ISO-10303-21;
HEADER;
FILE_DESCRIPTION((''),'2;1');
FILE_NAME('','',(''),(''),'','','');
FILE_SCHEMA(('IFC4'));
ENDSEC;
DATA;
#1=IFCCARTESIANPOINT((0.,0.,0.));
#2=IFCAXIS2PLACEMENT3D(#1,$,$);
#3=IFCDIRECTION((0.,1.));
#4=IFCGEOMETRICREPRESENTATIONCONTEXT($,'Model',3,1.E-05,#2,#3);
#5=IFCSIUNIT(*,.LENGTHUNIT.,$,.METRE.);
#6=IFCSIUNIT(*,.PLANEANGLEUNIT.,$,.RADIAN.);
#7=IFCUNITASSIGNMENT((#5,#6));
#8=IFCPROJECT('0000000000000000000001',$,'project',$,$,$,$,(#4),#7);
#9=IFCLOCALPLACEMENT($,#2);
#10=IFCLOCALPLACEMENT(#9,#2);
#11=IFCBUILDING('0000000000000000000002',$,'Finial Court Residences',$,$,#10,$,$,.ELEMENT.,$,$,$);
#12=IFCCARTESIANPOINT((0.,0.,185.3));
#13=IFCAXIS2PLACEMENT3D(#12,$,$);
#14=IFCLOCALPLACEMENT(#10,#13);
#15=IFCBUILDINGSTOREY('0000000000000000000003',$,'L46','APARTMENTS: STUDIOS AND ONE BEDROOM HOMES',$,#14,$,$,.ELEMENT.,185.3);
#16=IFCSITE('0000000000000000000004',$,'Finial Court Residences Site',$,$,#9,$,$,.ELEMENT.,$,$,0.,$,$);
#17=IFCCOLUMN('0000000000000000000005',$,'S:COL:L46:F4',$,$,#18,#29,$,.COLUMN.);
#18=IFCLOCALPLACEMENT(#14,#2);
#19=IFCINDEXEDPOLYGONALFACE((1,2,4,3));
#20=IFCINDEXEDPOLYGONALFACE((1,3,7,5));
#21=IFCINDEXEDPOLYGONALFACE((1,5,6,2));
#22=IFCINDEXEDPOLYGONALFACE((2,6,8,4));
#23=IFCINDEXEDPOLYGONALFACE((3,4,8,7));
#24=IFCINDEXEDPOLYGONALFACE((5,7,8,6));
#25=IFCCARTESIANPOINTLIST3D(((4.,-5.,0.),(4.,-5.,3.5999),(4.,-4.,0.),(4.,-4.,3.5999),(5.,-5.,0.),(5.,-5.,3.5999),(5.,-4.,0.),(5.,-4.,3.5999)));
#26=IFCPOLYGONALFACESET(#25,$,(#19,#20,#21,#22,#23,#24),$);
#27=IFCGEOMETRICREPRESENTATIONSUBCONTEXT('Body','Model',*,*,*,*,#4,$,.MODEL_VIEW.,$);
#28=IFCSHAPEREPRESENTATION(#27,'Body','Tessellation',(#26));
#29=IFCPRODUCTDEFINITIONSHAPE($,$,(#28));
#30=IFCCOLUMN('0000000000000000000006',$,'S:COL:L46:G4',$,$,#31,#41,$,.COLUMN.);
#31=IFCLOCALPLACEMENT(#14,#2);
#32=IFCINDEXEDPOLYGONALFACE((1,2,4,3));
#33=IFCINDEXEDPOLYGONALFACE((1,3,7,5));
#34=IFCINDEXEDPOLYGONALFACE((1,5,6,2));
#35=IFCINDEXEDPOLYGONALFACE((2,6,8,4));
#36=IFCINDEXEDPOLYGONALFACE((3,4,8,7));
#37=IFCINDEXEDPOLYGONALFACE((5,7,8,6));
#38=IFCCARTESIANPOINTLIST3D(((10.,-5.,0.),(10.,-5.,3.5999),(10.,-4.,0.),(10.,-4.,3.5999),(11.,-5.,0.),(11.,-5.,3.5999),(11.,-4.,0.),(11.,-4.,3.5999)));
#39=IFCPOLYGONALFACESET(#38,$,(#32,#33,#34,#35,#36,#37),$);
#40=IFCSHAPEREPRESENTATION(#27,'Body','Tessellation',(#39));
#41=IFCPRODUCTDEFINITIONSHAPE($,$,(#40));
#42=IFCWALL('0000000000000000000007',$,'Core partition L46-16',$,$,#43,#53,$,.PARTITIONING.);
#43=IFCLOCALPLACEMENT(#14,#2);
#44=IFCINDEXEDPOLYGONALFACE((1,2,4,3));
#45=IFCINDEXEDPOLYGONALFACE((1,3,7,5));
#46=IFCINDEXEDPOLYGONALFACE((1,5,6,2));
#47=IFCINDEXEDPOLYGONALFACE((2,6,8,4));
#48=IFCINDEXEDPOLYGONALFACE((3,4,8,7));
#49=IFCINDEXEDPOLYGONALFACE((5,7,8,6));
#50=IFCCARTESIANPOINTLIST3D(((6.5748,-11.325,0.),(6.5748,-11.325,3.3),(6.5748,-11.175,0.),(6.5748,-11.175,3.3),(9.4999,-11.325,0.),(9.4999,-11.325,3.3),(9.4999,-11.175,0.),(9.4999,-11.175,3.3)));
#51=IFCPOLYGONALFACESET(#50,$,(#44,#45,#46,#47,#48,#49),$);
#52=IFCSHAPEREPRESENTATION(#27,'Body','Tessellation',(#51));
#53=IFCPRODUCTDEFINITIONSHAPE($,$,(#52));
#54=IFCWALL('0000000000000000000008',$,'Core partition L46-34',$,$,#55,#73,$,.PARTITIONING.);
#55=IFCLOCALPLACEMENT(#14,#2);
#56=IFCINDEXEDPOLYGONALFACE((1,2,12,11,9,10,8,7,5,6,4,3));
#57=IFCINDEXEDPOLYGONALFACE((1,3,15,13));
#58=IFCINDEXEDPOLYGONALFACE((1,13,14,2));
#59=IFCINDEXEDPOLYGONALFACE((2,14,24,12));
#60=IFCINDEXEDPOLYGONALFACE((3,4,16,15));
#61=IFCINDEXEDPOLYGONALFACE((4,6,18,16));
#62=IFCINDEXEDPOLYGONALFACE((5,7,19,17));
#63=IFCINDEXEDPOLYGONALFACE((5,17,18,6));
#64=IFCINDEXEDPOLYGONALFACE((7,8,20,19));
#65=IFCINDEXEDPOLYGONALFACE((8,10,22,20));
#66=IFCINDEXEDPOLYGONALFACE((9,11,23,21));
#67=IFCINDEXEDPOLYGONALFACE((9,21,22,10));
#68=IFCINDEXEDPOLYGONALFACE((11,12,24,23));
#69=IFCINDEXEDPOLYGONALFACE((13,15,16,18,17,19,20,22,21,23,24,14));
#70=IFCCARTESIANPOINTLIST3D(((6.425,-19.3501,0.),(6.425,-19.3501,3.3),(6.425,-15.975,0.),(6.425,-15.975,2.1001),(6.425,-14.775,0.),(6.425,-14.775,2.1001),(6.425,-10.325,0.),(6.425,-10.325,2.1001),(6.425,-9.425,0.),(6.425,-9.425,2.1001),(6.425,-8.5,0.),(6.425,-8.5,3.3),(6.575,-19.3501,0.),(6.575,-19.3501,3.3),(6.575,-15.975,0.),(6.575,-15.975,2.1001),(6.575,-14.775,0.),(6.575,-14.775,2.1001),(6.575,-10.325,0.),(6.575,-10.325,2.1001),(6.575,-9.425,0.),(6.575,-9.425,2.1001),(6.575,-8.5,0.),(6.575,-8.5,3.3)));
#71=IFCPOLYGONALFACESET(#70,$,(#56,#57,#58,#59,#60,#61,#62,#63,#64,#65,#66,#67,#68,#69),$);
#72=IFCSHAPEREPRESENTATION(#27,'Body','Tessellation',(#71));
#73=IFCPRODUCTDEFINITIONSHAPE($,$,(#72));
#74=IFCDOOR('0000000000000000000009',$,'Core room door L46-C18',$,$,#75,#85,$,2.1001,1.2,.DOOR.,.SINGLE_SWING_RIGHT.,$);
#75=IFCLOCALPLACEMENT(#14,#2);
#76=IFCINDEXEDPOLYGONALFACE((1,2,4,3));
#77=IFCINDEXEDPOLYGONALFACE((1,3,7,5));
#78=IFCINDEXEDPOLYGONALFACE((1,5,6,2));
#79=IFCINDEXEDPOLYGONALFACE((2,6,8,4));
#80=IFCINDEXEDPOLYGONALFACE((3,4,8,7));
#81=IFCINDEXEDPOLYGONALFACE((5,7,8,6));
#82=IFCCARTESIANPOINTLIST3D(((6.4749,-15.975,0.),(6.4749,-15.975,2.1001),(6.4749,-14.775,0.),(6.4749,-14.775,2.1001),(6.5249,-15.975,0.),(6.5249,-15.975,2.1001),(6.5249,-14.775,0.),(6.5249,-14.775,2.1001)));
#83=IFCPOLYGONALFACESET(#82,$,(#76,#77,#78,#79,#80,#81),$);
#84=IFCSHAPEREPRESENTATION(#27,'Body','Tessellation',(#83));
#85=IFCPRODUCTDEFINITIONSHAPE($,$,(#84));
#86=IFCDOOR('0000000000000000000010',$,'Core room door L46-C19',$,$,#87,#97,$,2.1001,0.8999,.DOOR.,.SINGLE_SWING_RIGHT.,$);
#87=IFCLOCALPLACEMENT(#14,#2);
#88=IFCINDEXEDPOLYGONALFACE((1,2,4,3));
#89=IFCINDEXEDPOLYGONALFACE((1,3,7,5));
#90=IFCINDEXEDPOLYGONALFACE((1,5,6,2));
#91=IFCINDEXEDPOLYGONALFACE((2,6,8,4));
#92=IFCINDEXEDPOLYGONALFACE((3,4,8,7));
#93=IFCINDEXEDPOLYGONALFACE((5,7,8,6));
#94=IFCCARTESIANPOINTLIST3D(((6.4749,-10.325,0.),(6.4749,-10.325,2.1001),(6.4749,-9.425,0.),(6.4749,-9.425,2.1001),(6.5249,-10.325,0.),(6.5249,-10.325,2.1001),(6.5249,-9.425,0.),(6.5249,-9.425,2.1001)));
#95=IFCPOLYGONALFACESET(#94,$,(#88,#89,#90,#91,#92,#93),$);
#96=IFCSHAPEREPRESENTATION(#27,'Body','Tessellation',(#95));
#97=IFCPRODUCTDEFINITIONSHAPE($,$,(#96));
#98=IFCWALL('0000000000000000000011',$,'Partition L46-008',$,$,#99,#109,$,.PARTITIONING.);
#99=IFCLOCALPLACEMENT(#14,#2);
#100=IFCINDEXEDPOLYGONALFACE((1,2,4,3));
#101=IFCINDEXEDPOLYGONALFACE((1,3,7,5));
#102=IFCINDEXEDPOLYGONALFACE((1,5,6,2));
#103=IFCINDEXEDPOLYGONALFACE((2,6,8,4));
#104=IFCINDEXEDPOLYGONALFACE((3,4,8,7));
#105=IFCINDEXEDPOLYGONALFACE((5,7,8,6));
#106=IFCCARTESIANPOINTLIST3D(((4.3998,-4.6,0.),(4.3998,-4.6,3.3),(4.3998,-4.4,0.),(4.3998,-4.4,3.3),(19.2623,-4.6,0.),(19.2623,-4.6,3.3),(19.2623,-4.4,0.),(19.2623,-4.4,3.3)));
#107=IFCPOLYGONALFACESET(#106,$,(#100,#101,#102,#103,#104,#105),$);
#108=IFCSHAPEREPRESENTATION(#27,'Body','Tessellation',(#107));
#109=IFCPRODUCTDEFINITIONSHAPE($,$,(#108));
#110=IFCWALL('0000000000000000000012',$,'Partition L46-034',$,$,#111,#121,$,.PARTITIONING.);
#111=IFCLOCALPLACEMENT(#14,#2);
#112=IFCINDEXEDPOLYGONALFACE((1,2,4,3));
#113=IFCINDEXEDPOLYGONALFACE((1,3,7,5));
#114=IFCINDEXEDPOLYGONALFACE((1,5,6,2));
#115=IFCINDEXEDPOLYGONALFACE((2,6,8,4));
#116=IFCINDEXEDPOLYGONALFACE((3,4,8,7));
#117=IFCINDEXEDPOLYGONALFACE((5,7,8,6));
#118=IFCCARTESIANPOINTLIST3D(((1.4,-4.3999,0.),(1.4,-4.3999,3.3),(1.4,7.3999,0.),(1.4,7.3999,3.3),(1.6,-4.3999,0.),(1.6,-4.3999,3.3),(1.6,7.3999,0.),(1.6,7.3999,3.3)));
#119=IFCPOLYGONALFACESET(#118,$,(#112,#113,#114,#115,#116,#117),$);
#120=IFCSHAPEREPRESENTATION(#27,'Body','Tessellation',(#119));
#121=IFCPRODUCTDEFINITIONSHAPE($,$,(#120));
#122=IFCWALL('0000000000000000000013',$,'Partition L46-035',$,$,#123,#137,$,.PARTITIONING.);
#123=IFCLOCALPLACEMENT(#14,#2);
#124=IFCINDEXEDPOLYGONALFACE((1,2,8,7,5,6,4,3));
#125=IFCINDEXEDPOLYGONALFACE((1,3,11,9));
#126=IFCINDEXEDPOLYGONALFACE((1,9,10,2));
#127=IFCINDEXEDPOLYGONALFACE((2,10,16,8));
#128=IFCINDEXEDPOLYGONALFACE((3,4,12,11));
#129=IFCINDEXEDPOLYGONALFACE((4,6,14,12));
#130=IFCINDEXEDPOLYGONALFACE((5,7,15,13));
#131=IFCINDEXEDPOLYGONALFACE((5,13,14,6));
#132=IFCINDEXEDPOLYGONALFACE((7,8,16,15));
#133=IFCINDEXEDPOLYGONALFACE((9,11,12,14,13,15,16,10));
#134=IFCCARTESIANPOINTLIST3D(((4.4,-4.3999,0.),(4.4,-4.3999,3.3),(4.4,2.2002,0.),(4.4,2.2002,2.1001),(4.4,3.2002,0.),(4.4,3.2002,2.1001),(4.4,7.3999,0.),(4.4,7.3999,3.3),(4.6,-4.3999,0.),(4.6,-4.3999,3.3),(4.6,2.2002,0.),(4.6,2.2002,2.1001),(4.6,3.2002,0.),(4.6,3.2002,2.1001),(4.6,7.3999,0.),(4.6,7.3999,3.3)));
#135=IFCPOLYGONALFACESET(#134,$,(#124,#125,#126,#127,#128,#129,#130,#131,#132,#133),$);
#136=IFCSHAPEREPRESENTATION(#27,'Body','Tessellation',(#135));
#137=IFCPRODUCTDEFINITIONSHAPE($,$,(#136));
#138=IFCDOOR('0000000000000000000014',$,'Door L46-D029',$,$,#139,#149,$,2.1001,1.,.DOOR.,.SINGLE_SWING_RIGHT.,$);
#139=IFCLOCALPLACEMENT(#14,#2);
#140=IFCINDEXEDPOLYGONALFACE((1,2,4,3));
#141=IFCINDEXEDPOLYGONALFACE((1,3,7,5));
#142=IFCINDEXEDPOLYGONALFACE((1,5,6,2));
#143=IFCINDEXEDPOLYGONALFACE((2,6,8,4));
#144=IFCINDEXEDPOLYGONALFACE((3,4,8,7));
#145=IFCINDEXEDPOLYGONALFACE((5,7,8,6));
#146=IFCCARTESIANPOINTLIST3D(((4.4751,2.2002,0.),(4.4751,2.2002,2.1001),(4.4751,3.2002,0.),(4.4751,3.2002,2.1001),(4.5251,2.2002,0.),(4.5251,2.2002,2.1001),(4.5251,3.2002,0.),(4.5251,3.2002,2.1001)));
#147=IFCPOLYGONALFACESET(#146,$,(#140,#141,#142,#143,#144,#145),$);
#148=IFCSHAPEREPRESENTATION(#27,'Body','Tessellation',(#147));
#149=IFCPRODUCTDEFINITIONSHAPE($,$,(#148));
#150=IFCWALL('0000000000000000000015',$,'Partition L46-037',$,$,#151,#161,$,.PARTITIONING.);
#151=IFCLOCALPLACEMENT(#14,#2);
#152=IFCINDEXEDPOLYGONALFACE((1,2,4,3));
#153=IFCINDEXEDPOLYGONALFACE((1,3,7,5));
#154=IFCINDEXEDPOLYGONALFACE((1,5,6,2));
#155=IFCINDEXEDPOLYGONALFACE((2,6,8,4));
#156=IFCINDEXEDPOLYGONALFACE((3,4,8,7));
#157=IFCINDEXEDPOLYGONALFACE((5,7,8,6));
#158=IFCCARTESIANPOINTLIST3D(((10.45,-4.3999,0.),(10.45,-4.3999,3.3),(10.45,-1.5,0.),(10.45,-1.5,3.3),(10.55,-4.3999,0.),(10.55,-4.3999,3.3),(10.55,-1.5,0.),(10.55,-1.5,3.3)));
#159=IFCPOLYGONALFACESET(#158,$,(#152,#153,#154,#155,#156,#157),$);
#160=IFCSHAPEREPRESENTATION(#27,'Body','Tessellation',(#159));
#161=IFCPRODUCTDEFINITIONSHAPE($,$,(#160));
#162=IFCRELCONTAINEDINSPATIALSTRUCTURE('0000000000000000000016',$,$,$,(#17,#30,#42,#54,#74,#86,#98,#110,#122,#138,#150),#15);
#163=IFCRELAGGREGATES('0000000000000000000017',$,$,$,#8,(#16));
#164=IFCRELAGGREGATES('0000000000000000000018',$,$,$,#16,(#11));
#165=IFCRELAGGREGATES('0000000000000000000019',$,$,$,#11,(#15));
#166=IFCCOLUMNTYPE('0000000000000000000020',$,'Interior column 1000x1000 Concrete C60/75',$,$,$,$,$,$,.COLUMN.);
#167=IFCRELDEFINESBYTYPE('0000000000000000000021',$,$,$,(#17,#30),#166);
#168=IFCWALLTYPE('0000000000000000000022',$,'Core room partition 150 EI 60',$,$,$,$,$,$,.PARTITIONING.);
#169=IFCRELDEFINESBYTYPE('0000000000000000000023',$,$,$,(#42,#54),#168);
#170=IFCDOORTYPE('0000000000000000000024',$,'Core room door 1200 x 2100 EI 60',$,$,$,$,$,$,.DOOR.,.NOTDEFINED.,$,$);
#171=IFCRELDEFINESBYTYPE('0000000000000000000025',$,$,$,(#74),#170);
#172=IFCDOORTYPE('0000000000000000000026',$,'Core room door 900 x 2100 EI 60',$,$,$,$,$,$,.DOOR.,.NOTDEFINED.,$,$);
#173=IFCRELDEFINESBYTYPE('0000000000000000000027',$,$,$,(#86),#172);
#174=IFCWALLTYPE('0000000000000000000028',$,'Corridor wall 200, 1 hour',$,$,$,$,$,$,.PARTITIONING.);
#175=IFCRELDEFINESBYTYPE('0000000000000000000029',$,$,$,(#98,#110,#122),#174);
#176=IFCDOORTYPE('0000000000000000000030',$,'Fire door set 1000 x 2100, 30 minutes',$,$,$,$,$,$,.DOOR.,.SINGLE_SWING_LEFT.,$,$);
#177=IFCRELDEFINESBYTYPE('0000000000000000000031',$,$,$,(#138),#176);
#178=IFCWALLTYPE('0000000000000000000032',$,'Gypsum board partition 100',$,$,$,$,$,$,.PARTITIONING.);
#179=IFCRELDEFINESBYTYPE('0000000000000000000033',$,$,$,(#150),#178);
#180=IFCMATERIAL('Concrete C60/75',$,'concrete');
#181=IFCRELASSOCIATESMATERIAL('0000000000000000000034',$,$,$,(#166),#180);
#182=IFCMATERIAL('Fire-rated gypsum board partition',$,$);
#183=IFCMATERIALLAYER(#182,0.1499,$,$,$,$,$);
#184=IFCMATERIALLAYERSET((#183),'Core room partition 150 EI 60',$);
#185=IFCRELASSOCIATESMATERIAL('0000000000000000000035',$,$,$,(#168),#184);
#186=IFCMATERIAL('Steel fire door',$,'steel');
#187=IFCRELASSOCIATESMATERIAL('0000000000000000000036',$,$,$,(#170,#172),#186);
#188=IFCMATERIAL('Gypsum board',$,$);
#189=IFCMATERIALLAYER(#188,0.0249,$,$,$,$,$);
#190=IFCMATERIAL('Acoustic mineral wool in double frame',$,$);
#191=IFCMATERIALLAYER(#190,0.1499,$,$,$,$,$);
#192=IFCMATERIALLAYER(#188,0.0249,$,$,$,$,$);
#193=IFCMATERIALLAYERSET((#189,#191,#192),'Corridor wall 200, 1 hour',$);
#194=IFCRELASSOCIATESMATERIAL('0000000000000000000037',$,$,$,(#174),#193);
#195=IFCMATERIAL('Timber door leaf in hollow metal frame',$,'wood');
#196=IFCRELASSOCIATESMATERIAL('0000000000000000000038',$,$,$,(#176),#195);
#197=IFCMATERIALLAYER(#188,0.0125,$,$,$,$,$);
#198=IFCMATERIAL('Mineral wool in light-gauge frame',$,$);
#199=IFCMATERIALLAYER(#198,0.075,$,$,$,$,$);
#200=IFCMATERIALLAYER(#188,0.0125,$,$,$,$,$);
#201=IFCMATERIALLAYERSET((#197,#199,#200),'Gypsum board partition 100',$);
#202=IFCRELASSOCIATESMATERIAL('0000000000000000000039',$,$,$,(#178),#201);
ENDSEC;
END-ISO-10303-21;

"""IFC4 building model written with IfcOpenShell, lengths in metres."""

from ifc_helpers import new_model, si_unit, direction, frame, frame_2d, origin, origin_2d, place, context, subcontext, project, spatial, rectangle, extrude, material, layer, layer_set, material_profile, profile_set, type_object, element, fill, save


model = new_model("IFC4")

# Units and contexts
model_context = context("Model", 3, precision=1e-05, world=origin(), true_north=direction((0.0, 1.0)))
body_context = subcontext(model_context, "Body", "Model", "MODEL_VIEW")
ifc_project = project(units=[si_unit("LENGTHUNIT", "METRE"), si_unit("PLANEANGLEUNIT", "RADIAN")], contexts=[model_context])

# Site, building, storey
site_placement = place(None, origin())
site = spatial("IfcSite", under=ifc_project, at=site_placement, Name="Finial Court Residences Site", CompositionType="ELEMENT", RefElevation=0.0)
building_placement = place(site_placement, origin())
building = spatial("IfcBuilding", under=site, at=building_placement, Name="Finial Court Residences", CompositionType="ELEMENT")
storey_placement = place(building_placement, frame((0.0, 0.0, 185.3)))
storey = spatial("IfcBuildingStorey", under=building, at=storey_placement, Name="L46", Description="APARTMENTS: STUDIOS AND ONE BEDROOM HOMES", CompositionType="ELEMENT", Elevation=185.3)

# Columns
ifc_material_1 = material(Name="Concrete C60/75", Category="concrete")
ifc_material_profile = material_profile(ifc_material_1, rectangle(XDim=1.0, YDim=1.0, at=origin_2d()), Name="1000x1000")
ifc_profile_set = profile_set([ifc_material_profile], Name="Concrete C60/75")
column_type = type_object("IfcColumnType", Name="Interior column 1000x1000 Concrete C60/75", PredefinedType="COLUMN", material=ifc_profile_set)
for number, where, z_axis, x_axis, name in (
    (1, (4.5, -4.5, 0.0), (0.0, 0.0, 1.0), (1.0, 0.0, 0.0), "S:COL:L46:F4"),
    (2, (10.5, -4.5, 0.0), (0.0, 0.0, 1.0), (1.0, 0.0, 0.0), "S:COL:L46:G4"),
):
    element("IfcColumn", number, at=place(storey_placement, frame(where, z_axis=z_axis, x_axis=x_axis)), inside=storey, type_object=column_type, Name=name, PredefinedType="COLUMN", context=body_context, shape_type="SweptSolid", body=[
        extrude(rectangle(XDim=1.0, YDim=1.0, at=origin_2d()), origin(), (0.0, 0.0, 1.0), 3.5999),
    ])

# Wall
ifc_material_2 = material(Name="Fire-rated gypsum board partition")
ifc_layer_1 = layer(ifc_material_2, 0.1499)
ifc_layer_set_1 = layer_set([ifc_layer_1], Name="Core room partition 150 EI 60")
wall_type_1 = type_object("IfcWallType", Name="Core room partition 150 EI 60", PredefinedType="PARTITIONING", material=ifc_layer_set_1)
wall_1_placement = place(storey_placement, frame((6.575, -11.25, 0.0), z_axis=(0.0, 0.0, 1.0), x_axis=(1.0, 0.0, 0.0)))
element("IfcWall", 3, at=wall_1_placement, inside=storey, type_object=wall_type_1, Name="Core partition L46-16", PredefinedType="PARTITIONING", context=body_context, shape_type="SweptSolid", body=[
    extrude(rectangle(XDim=2.925, YDim=0.1499, at=frame_2d((1.4624, 0.0))), origin(), (0.0, 0.0, 1.0), 3.3),
])

# Wall, openings, doors
wall_2_placement = place(storey_placement, frame((6.5, -8.5, 0.0), z_axis=(0.0, 0.0, 1.0), x_axis=(0.0, -1.0, 0.0)))
wall_2 = element("IfcWall", 4, at=wall_2_placement, inside=storey, type_object=wall_type_1, Name="Core partition L46-34", PredefinedType="PARTITIONING", context=body_context, shape_type="SweptSolid", body=[
    extrude(rectangle(XDim=10.8501, YDim=0.1499, at=frame_2d((5.425, 0.0))), origin(), (0.0, 0.0, 1.0), 3.3),
])
opening_1_placement = place(wall_2_placement, frame((6.2749, 0.0, 0.0)))
opening_1 = element("IfcOpeningElement", 5, at=opening_1_placement, cuts=wall_2, PredefinedType="OPENING", context=body_context, shape_type="SweptSolid", body=[
    extrude(rectangle(XDim=1.2, YDim=2.1001, at=frame_2d((0.6001, 1.05))), frame((0.0, 0.085, 0.0), z_axis=(0.0, -1.0, 0.0), x_axis=(1.0, 0.0, 0.0)), (0.0, 0.0, 1.0), 0.1699),
])
opening_2_placement = place(wall_2_placement, frame((0.925, 0.0, 0.0)))
opening_2 = element("IfcOpeningElement", 6, at=opening_2_placement, cuts=wall_2, PredefinedType="OPENING", context=body_context, shape_type="SweptSolid", body=[
    extrude(rectangle(XDim=0.8999, YDim=2.1001, at=frame_2d((0.45, 1.05))), frame((0.0, 0.085, 0.0), z_axis=(0.0, -1.0, 0.0), x_axis=(1.0, 0.0, 0.0)), (0.0, 0.0, 1.0), 0.1699),
])
ifc_material_3 = material(Name="Steel fire door", Category="steel")
door_type_1 = type_object("IfcDoorType", Name="Core room door 1200 x 2100 EI 60", OperationType="NOTDEFINED", PredefinedType="DOOR", material=ifc_material_3)
door_1_placement = place(opening_1_placement, origin())
door_1 = element("IfcDoor", 7, at=door_1_placement, inside=storey, type_object=door_type_1, Name="Core room door L46-C18", OperationType="SINGLE_SWING_RIGHT", OverallHeight=2.1001, OverallWidth=1.2, PredefinedType="DOOR", context=body_context, shape_type="SweptSolid", body=[
    extrude(rectangle(XDim=1.2, YDim=2.1001, at=frame_2d((0.6001, 1.05))), frame((0.0, 0.0249, 0.0), z_axis=(0.0, -1.0, 0.0), x_axis=(1.0, 0.0, 0.0)), (0.0, 0.0, 1.0), 0.05),
])
fill(opening_1, door_1)
door_type_2 = type_object("IfcDoorType", Name="Core room door 900 x 2100 EI 60", OperationType="NOTDEFINED", PredefinedType="DOOR", material=ifc_material_3)
door_2_placement = place(opening_2_placement, origin())
door_2 = element("IfcDoor", 8, at=door_2_placement, inside=storey, type_object=door_type_2, Name="Core room door L46-C19", OperationType="SINGLE_SWING_RIGHT", OverallHeight=2.1001, OverallWidth=0.8999, PredefinedType="DOOR", context=body_context, shape_type="SweptSolid", body=[
    extrude(rectangle(XDim=0.8999, YDim=2.1001, at=frame_2d((0.45, 1.05))), frame((0.0, 0.0249, 0.0), z_axis=(0.0, -1.0, 0.0), x_axis=(1.0, 0.0, 0.0)), (0.0, 0.0, 1.0), 0.05),
])
fill(opening_2, door_2)

# Walls
ifc_material_4 = material(Name="Gypsum board")
ifc_layer_2 = layer(ifc_material_4, 0.0249)
ifc_material_5 = material(Name="Acoustic mineral wool in double frame")
ifc_layer_3 = layer(ifc_material_5, 0.1499)
ifc_layer_4 = layer(ifc_material_4, 0.0249)
ifc_layer_set_2 = layer_set([ifc_layer_2, ifc_layer_3, ifc_layer_4], Name="Corridor wall 200, 1 hour")
wall_type_2 = type_object("IfcWallType", Name="Corridor wall 200, 1 hour", PredefinedType="PARTITIONING", material=ifc_layer_set_2)
wall_3_placement = place(storey_placement, frame((4.3999, -4.5, 0.0), z_axis=(0.0, 0.0, 1.0), x_axis=(1.0, 0.0, 0.0)))
element("IfcWall", 9, at=wall_3_placement, inside=storey, type_object=wall_type_2, Name="Partition L46-008", PredefinedType="PARTITIONING", context=body_context, shape_type="SweptSolid", body=[
    extrude(rectangle(XDim=14.8625, YDim=0.2, at=frame_2d((7.4312, 0.0))), origin(), (0.0, 0.0, 1.0), 3.3),
])
wall_4_placement = place(storey_placement, frame((1.5, -4.3999, 0.0), z_axis=(0.0, 0.0, 1.0), x_axis=(0.0, 1.0, 0.0)))
element("IfcWall", 10, at=wall_4_placement, inside=storey, type_object=wall_type_2, Name="Partition L46-034", PredefinedType="PARTITIONING", context=body_context, shape_type="SweptSolid", body=[
    extrude(rectangle(XDim=11.7998, YDim=0.2, at=frame_2d((5.8999, 0.0))), origin(), (0.0, 0.0, 1.0), 3.3),
])

# Wall, opening, door
wall_5_placement = place(storey_placement, frame((4.5, -4.3999, 0.0), z_axis=(0.0, 0.0, 1.0), x_axis=(0.0, 1.0, 0.0)))
wall_5 = element("IfcWall", 11, at=wall_5_placement, inside=storey, type_object=wall_type_2, Name="Partition L46-035", PredefinedType="PARTITIONING", context=body_context, shape_type="SweptSolid", body=[
    extrude(rectangle(XDim=11.7998, YDim=0.2, at=frame_2d((5.8999, 0.0))), origin(), (0.0, 0.0, 1.0), 3.3),
])
opening_3_placement = place(wall_5_placement, frame((6.6001, 0.0, 0.0)))
opening_3 = element("IfcOpeningElement", 12, at=opening_3_placement, cuts=wall_5, PredefinedType="OPENING", context=body_context, shape_type="SweptSolid", body=[
    extrude(rectangle(XDim=1.0, YDim=2.1001, at=frame_2d((0.5, 1.05))), frame((0.0, 0.1099, 0.0), z_axis=(0.0, -1.0, 0.0), x_axis=(1.0, 0.0, 0.0)), (0.0, 0.0, 1.0), 0.22),
])
ifc_material_6 = material(Name="Timber door leaf in hollow metal frame", Category="wood")
door_type_3 = type_object("IfcDoorType", Name="Fire door set 1000 x 2100, 30 minutes", OperationType="SINGLE_SWING_LEFT", PredefinedType="DOOR", material=ifc_material_6)
door_3_placement = place(opening_3_placement, origin())
door_3 = element("IfcDoor", 13, at=door_3_placement, inside=storey, type_object=door_type_3, Name="Door L46-D029", OperationType="SINGLE_SWING_RIGHT", OverallHeight=2.1001, OverallWidth=1.0, PredefinedType="DOOR", context=body_context, shape_type="SweptSolid", body=[
    extrude(rectangle(XDim=1.0, YDim=2.1001, at=frame_2d((0.5, 1.05))), frame((0.0, 0.0249, 0.0), z_axis=(0.0, -1.0, 0.0), x_axis=(1.0, 0.0, 0.0)), (0.0, 0.0, 1.0), 0.05),
])
fill(opening_3, door_3)

# Wall
ifc_layer_5 = layer(ifc_material_4, 0.0125)
ifc_material_7 = material(Name="Mineral wool in light-gauge frame")
ifc_layer_6 = layer(ifc_material_7, 0.075)
ifc_layer_7 = layer(ifc_material_4, 0.0125)
ifc_layer_set_3 = layer_set([ifc_layer_5, ifc_layer_6, ifc_layer_7], Name="Gypsum board partition 100")
wall_type_3 = type_object("IfcWallType", Name="Gypsum board partition 100", PredefinedType="PARTITIONING", material=ifc_layer_set_3)
wall_6_placement = place(storey_placement, frame((10.5, -4.3999, 0.0), z_axis=(0.0, 0.0, 1.0), x_axis=(0.0, 1.0, 0.0)))
element("IfcWall", 14, at=wall_6_placement, inside=storey, type_object=wall_type_3, Name="Partition L46-037", PredefinedType="PARTITIONING", context=body_context, shape_type="SweptSolid", body=[
    extrude(rectangle(XDim=2.8999, YDim=0.1001, at=frame_2d((1.45, 0.0))), origin(), (0.0, 0.0, 1.0), 3.3),
])

save(model, "model.ifc")
